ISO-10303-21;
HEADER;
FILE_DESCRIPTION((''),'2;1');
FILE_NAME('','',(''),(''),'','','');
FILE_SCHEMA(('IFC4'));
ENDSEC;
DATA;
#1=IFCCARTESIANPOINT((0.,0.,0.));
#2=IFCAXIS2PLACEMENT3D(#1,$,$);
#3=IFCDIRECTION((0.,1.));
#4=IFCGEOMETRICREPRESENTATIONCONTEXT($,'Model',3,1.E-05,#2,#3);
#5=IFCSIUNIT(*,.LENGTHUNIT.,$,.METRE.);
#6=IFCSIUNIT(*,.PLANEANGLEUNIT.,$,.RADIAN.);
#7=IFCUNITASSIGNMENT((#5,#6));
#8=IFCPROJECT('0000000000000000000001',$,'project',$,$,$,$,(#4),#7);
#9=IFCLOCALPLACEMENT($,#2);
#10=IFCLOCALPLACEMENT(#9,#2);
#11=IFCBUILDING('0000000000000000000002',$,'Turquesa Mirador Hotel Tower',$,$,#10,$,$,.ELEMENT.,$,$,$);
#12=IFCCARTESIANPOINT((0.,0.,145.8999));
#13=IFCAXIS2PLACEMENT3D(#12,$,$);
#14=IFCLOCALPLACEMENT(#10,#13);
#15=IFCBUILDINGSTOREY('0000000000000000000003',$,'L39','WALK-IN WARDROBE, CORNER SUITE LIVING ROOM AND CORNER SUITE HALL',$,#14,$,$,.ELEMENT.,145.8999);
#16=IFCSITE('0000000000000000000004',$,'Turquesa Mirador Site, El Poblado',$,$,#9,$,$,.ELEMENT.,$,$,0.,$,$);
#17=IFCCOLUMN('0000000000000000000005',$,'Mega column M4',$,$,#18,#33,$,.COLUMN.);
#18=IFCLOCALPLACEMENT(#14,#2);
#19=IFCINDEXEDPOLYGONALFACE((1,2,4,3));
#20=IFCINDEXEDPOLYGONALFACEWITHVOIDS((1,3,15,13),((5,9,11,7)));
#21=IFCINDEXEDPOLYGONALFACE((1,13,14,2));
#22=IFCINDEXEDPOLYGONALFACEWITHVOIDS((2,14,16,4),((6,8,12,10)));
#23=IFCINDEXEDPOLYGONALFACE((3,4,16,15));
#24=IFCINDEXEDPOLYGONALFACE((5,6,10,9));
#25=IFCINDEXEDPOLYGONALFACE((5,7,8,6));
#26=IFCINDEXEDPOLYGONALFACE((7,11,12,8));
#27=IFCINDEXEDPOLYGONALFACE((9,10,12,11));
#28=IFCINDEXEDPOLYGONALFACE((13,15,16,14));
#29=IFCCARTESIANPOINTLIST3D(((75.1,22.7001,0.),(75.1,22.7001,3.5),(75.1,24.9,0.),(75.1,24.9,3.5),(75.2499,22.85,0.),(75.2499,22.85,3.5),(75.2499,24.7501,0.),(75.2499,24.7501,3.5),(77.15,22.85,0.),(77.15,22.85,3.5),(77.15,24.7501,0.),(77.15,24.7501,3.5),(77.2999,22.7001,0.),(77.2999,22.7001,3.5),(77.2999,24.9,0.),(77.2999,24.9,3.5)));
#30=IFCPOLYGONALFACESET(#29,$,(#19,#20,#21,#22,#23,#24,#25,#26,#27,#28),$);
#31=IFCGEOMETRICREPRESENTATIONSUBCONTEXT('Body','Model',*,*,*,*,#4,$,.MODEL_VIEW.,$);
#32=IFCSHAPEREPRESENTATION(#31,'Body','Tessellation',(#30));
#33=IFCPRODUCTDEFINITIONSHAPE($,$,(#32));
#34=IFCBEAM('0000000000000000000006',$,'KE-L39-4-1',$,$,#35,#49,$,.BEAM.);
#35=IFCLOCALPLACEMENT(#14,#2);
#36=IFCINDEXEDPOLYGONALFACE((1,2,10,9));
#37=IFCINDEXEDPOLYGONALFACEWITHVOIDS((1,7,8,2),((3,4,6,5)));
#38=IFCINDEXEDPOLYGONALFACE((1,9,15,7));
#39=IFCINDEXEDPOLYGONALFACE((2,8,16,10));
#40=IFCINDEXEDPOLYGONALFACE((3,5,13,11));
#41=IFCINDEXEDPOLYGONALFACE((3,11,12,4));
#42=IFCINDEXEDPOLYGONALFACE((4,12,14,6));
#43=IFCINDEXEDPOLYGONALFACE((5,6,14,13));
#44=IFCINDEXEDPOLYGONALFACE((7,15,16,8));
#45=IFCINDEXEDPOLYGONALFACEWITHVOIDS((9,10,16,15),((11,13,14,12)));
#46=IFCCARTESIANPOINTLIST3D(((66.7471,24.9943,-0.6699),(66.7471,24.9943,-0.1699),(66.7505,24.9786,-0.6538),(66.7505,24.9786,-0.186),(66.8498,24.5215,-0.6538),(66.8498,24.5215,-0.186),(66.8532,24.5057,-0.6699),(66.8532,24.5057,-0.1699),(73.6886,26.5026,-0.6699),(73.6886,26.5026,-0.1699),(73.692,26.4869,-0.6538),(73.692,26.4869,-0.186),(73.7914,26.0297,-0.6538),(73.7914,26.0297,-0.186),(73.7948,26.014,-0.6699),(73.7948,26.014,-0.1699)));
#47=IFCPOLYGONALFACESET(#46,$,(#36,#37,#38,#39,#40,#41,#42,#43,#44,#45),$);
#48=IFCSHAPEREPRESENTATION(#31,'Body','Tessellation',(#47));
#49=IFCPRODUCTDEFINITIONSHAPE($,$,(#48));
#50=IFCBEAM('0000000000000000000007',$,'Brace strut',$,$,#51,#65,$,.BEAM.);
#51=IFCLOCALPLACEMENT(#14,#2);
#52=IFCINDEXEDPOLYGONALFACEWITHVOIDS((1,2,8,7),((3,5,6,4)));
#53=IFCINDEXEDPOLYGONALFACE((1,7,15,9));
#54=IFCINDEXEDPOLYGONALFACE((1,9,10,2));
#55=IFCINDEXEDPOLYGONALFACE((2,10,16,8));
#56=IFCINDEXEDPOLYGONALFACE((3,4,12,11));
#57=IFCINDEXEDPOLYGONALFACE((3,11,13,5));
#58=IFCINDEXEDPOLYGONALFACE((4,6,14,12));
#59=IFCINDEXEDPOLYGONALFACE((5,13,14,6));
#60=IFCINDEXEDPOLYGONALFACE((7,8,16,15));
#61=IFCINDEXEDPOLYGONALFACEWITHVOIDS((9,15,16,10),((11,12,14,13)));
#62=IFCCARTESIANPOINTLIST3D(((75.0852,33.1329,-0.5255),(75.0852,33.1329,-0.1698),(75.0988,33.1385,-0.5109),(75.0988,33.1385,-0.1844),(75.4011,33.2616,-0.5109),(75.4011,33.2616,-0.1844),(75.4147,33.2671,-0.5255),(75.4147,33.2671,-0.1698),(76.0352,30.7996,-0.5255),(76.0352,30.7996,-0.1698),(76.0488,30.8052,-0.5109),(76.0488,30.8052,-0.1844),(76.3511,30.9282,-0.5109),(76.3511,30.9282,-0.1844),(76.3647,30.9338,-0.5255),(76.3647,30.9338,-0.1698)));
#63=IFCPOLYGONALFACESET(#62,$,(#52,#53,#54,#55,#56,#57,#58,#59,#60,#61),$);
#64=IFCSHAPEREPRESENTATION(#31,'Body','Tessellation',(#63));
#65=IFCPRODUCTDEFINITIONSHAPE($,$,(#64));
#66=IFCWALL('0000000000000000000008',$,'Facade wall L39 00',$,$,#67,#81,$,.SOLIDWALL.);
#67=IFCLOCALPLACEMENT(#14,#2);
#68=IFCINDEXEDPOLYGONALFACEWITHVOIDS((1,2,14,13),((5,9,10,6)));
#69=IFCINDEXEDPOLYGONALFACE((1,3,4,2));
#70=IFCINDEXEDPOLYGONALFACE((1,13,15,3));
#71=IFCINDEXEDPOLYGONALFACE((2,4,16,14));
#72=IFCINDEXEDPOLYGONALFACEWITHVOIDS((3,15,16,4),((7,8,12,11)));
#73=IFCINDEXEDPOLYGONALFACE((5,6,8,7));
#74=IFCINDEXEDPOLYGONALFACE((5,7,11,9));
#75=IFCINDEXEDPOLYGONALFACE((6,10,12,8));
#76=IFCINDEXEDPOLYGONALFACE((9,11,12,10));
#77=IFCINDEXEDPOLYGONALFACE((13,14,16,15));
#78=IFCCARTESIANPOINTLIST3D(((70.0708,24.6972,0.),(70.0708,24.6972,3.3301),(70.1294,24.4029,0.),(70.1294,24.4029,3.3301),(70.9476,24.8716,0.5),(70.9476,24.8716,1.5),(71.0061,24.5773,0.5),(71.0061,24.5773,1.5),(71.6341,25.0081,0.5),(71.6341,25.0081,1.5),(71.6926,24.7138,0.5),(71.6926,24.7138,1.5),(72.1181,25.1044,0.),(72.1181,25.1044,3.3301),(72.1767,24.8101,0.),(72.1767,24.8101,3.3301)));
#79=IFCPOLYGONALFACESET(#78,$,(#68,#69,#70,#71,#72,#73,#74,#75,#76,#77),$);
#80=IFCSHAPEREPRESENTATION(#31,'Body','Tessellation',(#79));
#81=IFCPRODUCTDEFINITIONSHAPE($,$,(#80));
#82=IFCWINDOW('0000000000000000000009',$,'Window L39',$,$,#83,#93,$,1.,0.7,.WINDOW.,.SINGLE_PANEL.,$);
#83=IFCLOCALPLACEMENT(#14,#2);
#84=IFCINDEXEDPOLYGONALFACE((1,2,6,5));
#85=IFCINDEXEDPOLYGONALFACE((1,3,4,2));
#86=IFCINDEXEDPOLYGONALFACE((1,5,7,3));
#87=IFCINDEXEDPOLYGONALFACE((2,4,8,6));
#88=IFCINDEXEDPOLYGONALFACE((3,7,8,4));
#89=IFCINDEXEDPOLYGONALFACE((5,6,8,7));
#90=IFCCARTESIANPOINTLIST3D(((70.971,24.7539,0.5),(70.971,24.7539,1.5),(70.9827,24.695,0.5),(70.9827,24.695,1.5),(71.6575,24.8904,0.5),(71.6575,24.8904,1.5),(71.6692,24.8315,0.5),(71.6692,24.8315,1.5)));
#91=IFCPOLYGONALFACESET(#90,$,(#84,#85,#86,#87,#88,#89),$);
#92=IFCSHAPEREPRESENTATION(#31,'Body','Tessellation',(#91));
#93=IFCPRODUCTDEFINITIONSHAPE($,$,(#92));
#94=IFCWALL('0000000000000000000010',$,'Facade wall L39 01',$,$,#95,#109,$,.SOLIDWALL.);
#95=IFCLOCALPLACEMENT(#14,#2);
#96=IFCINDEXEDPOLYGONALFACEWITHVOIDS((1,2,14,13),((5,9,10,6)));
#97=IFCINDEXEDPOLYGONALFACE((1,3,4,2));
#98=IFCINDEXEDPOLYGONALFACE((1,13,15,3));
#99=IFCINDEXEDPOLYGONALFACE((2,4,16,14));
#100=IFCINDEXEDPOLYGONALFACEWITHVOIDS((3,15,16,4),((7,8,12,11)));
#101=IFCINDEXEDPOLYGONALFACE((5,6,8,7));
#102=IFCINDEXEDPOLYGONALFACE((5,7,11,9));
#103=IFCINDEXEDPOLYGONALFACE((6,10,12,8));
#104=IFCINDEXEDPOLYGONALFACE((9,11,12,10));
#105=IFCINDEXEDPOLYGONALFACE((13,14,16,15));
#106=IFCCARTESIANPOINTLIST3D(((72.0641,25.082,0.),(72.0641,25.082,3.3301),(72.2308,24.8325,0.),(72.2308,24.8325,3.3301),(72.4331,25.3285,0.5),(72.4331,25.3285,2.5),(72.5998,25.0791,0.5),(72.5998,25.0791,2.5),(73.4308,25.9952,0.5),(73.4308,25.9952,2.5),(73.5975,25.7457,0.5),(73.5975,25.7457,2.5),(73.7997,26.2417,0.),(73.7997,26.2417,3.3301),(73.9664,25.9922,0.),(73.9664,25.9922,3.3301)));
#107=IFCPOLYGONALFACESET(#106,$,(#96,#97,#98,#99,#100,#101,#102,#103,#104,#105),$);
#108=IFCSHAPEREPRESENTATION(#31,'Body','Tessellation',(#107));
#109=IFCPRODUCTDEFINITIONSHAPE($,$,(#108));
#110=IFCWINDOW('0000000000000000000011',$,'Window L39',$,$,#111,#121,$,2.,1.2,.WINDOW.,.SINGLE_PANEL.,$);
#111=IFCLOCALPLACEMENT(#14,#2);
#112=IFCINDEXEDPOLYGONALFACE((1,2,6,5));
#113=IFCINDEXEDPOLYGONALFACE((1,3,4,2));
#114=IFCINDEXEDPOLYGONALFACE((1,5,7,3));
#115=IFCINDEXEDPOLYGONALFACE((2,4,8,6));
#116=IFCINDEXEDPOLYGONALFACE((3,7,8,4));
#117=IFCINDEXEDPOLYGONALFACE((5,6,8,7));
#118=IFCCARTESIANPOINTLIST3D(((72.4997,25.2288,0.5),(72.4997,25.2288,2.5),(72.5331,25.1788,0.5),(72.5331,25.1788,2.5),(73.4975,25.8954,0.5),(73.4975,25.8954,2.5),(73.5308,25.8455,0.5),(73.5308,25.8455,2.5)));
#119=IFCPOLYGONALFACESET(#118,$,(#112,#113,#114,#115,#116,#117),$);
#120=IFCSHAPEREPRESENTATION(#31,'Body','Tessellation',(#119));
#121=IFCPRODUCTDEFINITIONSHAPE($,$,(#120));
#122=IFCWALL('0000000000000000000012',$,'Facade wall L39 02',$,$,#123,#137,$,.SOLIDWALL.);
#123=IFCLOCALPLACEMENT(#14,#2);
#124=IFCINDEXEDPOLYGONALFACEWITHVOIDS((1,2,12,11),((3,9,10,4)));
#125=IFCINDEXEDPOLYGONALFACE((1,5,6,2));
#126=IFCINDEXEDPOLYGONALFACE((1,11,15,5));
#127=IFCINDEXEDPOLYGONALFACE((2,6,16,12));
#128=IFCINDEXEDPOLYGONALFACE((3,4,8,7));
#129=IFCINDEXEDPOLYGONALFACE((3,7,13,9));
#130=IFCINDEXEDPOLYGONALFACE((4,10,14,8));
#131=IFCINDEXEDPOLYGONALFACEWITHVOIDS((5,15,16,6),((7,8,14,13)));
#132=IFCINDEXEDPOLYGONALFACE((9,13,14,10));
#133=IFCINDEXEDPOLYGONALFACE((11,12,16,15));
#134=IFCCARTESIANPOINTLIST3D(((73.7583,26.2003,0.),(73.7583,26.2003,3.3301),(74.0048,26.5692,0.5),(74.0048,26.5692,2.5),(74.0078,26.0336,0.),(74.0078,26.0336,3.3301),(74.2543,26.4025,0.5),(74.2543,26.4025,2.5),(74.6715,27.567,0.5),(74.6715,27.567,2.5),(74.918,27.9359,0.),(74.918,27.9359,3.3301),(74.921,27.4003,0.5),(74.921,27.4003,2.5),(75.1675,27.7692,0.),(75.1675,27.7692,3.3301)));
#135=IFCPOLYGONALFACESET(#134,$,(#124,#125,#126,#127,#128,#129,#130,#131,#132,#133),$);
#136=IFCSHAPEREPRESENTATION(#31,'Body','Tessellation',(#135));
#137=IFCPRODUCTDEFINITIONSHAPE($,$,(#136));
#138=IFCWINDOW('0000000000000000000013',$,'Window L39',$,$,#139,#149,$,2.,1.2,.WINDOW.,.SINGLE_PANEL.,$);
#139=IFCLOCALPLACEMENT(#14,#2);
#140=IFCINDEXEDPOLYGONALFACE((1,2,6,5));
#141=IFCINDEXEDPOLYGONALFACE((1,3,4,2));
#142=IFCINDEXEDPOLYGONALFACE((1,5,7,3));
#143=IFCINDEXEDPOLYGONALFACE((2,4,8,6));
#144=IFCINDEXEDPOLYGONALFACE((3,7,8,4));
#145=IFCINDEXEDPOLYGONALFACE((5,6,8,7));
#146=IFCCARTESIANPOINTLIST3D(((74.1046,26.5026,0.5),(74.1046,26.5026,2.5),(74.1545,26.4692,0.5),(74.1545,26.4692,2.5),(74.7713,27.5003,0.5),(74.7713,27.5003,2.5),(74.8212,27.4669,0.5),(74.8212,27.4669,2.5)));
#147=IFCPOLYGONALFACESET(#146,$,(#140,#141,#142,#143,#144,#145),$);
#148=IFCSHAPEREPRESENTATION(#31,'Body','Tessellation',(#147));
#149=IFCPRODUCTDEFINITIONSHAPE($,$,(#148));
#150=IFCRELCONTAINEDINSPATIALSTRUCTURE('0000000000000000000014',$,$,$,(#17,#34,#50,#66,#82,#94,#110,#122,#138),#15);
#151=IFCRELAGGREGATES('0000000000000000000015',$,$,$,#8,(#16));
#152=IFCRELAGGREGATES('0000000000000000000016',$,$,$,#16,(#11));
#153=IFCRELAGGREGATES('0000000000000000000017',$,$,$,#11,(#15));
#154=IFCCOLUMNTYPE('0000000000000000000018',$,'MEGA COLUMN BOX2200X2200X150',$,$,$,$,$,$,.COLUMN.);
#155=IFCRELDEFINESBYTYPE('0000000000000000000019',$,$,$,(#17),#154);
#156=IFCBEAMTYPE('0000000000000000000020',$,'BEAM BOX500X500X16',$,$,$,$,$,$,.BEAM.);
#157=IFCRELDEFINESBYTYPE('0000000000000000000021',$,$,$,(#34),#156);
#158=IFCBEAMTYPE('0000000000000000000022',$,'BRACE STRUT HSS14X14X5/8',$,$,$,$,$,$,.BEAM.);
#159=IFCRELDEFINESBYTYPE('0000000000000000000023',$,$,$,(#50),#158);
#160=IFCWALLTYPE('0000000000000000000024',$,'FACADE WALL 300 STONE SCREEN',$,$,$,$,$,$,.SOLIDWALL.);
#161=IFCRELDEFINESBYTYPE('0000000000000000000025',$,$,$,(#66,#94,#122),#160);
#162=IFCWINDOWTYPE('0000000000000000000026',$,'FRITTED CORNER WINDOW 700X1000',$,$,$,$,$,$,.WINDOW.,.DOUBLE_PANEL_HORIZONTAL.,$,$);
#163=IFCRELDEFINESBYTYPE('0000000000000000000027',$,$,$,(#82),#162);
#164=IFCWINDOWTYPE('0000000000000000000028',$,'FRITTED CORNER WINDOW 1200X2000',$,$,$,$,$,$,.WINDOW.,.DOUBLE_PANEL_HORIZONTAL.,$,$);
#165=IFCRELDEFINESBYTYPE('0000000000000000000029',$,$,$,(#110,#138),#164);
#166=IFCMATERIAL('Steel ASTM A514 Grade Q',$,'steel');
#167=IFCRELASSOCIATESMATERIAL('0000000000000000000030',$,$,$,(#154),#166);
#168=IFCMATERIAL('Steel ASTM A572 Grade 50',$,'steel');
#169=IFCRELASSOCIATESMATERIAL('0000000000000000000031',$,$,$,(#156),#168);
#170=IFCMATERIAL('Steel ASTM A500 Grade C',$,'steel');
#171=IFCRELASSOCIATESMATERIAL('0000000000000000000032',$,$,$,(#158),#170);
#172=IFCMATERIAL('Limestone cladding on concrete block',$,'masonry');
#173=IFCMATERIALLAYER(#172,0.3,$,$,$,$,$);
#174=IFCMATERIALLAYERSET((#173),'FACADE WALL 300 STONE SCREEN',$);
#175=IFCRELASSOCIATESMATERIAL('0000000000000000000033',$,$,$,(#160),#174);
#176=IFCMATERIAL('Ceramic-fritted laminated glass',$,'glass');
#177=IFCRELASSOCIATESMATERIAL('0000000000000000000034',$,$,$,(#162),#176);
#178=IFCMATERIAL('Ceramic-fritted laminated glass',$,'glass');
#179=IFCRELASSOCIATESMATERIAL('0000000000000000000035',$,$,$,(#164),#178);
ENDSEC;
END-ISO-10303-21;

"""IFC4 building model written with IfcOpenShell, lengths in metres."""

from ifc_helpers import new_model, si_unit, direction, frame, frame_2d, origin, origin_2d, place, context, subcontext, project, spatial, rectangle, hollow_rectangle, extrude, material, layer, layer_set, material_profile, profile_set, type_object, element, fill, save


model = new_model("IFC4")

# Units and contexts
model_context = context("Model", 3, precision=1e-05, world=origin(), true_north=direction((0.0, 1.0)))
body_context = subcontext(model_context, "Body", "Model", "MODEL_VIEW")
ifc_project = project(units=[si_unit("LENGTHUNIT", "METRE"), si_unit("PLANEANGLEUNIT", "RADIAN")], contexts=[model_context])

# Site, building, storey
site_placement = place(None, origin())
site = spatial("IfcSite", under=ifc_project, at=site_placement, Name="Turquesa Mirador Site, El Poblado", CompositionType="ELEMENT", RefElevation=0.0)
building_placement = place(site_placement, origin())
building = spatial("IfcBuilding", under=site, at=building_placement, Name="Turquesa Mirador Hotel Tower", CompositionType="ELEMENT")
storey_placement = place(building_placement, frame((0.0, 0.0, 145.8999)))
storey = spatial("IfcBuildingStorey", under=building, at=storey_placement, Name="L39", Description="WALK-IN WARDROBE, CORNER SUITE LIVING ROOM AND CORNER SUITE HALL", CompositionType="ELEMENT", Elevation=145.8999)

# Column
ifc_material_1 = material(Name="Steel ASTM A514 Grade Q", Category="steel")
ifc_material_profile_1 = material_profile(ifc_material_1, hollow_rectangle(XDim=2.2, YDim=2.2, WallThickness=0.1499, at=origin_2d()), Name="BOX2200X2200X150")
ifc_profile_set_1 = profile_set([ifc_material_profile_1], Name="Steel ASTM A514 Grade Q")
column_type = type_object("IfcColumnType", Name="MEGA COLUMN BOX2200X2200X150", PredefinedType="COLUMN", material=ifc_profile_set_1)
column_placement = place(storey_placement, frame((76.2, 23.8, 0.0), z_axis=(0.0, 0.0, 1.0), x_axis=(1.0, 0.0, 0.0)))
element("IfcColumn", 1, at=column_placement, inside=storey, type_object=column_type, Name="Mega column M4", PredefinedType="COLUMN", context=body_context, shape_type="SweptSolid", body=[
    extrude(hollow_rectangle(XDim=2.2, YDim=2.2, WallThickness=0.1499, at=origin_2d()), origin(), (0.0, 0.0, 1.0), 3.5),
])

# Beams
ifc_material_2 = material(Name="Steel ASTM A572 Grade 50", Category="steel")
ifc_material_profile_2 = material_profile(ifc_material_2, hollow_rectangle(XDim=0.5, YDim=0.5, WallThickness=0.0161, at=origin_2d()), Name="BOX500X500X16")
ifc_profile_set_2 = profile_set([ifc_material_profile_2], Name="Steel ASTM A572 Grade 50")
beam_type_1 = type_object("IfcBeamType", Name="BEAM BOX500X500X16", PredefinedType="BEAM", material=ifc_profile_set_2)
beam_1_placement = place(storey_placement, frame((73.7417, 26.2583, -0.4199), z_axis=(-0.977198, -0.212328, 0.0), x_axis=(0.212328, -0.977198, 0.0)))
element("IfcBeam", 2, at=beam_1_placement, inside=storey, type_object=beam_type_1, Name="KE-L39-4-1", PredefinedType="BEAM", context=body_context, shape_type="SweptSolid", body=[
    extrude(hollow_rectangle(XDim=0.5, YDim=0.5, WallThickness=0.0161, at=origin_2d()), origin(), (0.0, 0.0, 1.0), 7.1035),
])
ifc_material_3 = material(Name="Steel ASTM A500 Grade C", Category="steel")
ifc_material_profile_3 = material_profile(ifc_material_3, hollow_rectangle(XDim=0.3557, YDim=0.3557, WallThickness=0.0146, at=origin_2d()), Name="HSS14X14X5/8")
ifc_profile_set_3 = profile_set([ifc_material_profile_3], Name="Steel ASTM A500 Grade C")
beam_type_2 = type_object("IfcBeamType", Name="BRACE STRUT HSS14X14X5/8", PredefinedType="BEAM", material=ifc_profile_set_3)
beam_2_placement = place(storey_placement, frame((76.2, 30.8667, -0.3477), z_axis=(-0.377081, 0.92618, 0.0), x_axis=(-0.92618, -0.377081, 0.0)))
element("IfcBeam", 3, at=beam_2_placement, inside=storey, type_object=beam_type_2, Name="Brace strut", PredefinedType="BEAM", context=body_context, shape_type="SweptSolid", body=[
    extrude(hollow_rectangle(XDim=0.3557, YDim=0.3557, WallThickness=0.0146, at=origin_2d()), origin(), (0.0, 0.0, 1.0), 2.5193),
])

# Walls, openings, windows
ifc_material_4 = material(Name="Limestone cladding on concrete block", Category="masonry")
ifc_layer = layer(ifc_material_4, 0.3)
ifc_layer_set = layer_set([ifc_layer], Name="FACADE WALL 300 STONE SCREEN")
wall_type = type_object("IfcWallType", Name="FACADE WALL 300 STONE SCREEN", PredefinedType="SOLIDWALL", material=ifc_layer_set)
wall_1_placement = place(storey_placement, frame((70.1001, 24.55, 0.0), z_axis=(0.0, 0.0, 1.0), x_axis=(0.980787, 0.195081, 0.0)))
wall_1 = element("IfcWall", 4, at=wall_1_placement, inside=storey, type_object=wall_type, Name="Facade wall L39 00", PredefinedType="SOLIDWALL", context=body_context, shape_type="SweptSolid", body=[
    extrude(rectangle(XDim=2.0874, YDim=0.3, at=frame_2d((1.0437, 0.0))), origin(), (0.0, 0.0, 1.0), 3.3301),
])
opening_1_placement = place(wall_1_placement, frame((0.8938, 0.0, 0.5)))
opening_1 = element("IfcOpeningElement", 5, at=opening_1_placement, cuts=wall_1, PredefinedType="OPENING", context=body_context, shape_type="SweptSolid", body=[
    extrude(rectangle(XDim=0.7, YDim=1.0, at=frame_2d((0.3501, 0.5))), frame((0.0, 0.1599, 0.0), z_axis=(0.0, -1.0, 0.0), x_axis=(1.0, 0.0, 0.0)), (0.0, 0.0, 1.0), 0.3201),
])
ifc_material_5 = material(Name="Ceramic-fritted laminated glass", Category="glass")
window_type_1 = type_object("IfcWindowType", Name="FRITTED CORNER WINDOW 700X1000", PartitioningType="DOUBLE_PANEL_HORIZONTAL", PredefinedType="WINDOW", material=ifc_material_5)
window_1_placement = place(opening_1_placement, origin())
window_1 = element("IfcWindow", 6, at=window_1_placement, inside=storey, type_object=window_type_1, Name="Window L39", OverallHeight=1.0, OverallWidth=0.7, PartitioningType="SINGLE_PANEL", PredefinedType="WINDOW", context=body_context, shape_type="SweptSolid", body=[
    extrude(rectangle(XDim=0.7, YDim=1.0, at=frame_2d((0.3501, 0.5))), frame((0.0, 0.03, 0.0), z_axis=(0.0, -1.0, 0.0), x_axis=(1.0, 0.0, 0.0)), (0.0, 0.0, 1.0), 0.0601),
])
fill(opening_1, window_1)
wall_2_placement = place(storey_placement, frame((72.1475, 24.9573, 0.0), z_axis=(0.0, 0.0, 1.0), x_axis=(0.831474, 0.555564, 0.0)))
wall_2 = element("IfcWall", 7, at=wall_2_placement, inside=storey, type_object=wall_type, Name="Facade wall L39 01", PredefinedType="SOLIDWALL", context=body_context, shape_type="SweptSolid", body=[
    extrude(rectangle(XDim=2.0874, YDim=0.3, at=frame_2d((1.0437, 0.0))), origin(), (0.0, 0.0, 1.0), 3.3301),
])
opening_2_placement = place(wall_2_placement, frame((0.4436, 0.0, 0.5)))
opening_2 = element("IfcOpeningElement", 8, at=opening_2_placement, cuts=wall_2, PredefinedType="OPENING", context=body_context, shape_type="SweptSolid", body=[
    extrude(rectangle(XDim=1.2, YDim=2.0, at=frame_2d((0.6001, 1.0))), frame((0.0, 0.1599, 0.0), z_axis=(0.0, -1.0, 0.0), x_axis=(1.0, 0.0, 0.0)), (0.0, 0.0, 1.0), 0.3201),
])
ifc_material_6 = material(Name="Ceramic-fritted laminated glass", Category="glass")
window_type_2 = type_object("IfcWindowType", Name="FRITTED CORNER WINDOW 1200X2000", PartitioningType="DOUBLE_PANEL_HORIZONTAL", PredefinedType="WINDOW", material=ifc_material_6)
window_2_placement = place(opening_2_placement, origin())
window_2 = element("IfcWindow", 9, at=window_2_placement, inside=storey, type_object=window_type_2, Name="Window L39", OverallHeight=2.0, OverallWidth=1.2, PartitioningType="SINGLE_PANEL", PredefinedType="WINDOW", context=body_context, shape_type="SweptSolid", body=[
    extrude(rectangle(XDim=1.2, YDim=2.0, at=frame_2d((0.6001, 1.0))), frame((0.0, 0.03, 0.0), z_axis=(0.0, -1.0, 0.0), x_axis=(1.0, 0.0, 0.0)), (0.0, 0.0, 1.0), 0.0601),
])
fill(opening_2, window_2)
wall_3_placement = place(storey_placement, frame((73.8831, 26.1169, 0.0), z_axis=(0.0, 0.0, 1.0), x_axis=(0.555564, 0.831474, 0.0)))
wall_3 = element("IfcWall", 10, at=wall_3_placement, inside=storey, type_object=wall_type, Name="Facade wall L39 02", PredefinedType="SOLIDWALL", context=body_context, shape_type="SweptSolid", body=[
    extrude(rectangle(XDim=2.0874, YDim=0.3, at=frame_2d((1.0437, 0.0))), origin(), (0.0, 0.0, 1.0), 3.3301),
])
opening_3_placement = place(wall_3_placement, frame((0.4436, 0.0, 0.5)))
opening_3 = element("IfcOpeningElement", 11, at=opening_3_placement, cuts=wall_3, PredefinedType="OPENING", context=body_context, shape_type="SweptSolid", body=[
    extrude(rectangle(XDim=1.2, YDim=2.0, at=frame_2d((0.6001, 1.0))), frame((0.0, 0.1599, 0.0), z_axis=(0.0, -1.0, 0.0), x_axis=(1.0, 0.0, 0.0)), (0.0, 0.0, 1.0), 0.3201),
])
window_3_placement = place(opening_3_placement, origin())
window_3 = element("IfcWindow", 12, at=window_3_placement, inside=storey, type_object=window_type_2, Name="Window L39", OverallHeight=2.0, OverallWidth=1.2, PartitioningType="SINGLE_PANEL", PredefinedType="WINDOW", context=body_context, shape_type="SweptSolid", body=[
    extrude(rectangle(XDim=1.2, YDim=2.0, at=frame_2d((0.6001, 1.0))), frame((0.0, 0.03, 0.0), z_axis=(0.0, -1.0, 0.0), x_axis=(1.0, 0.0, 0.0)), (0.0, 0.0, 1.0), 0.0601),
])
fill(opening_3, window_3)

save(model, "model.ifc")
